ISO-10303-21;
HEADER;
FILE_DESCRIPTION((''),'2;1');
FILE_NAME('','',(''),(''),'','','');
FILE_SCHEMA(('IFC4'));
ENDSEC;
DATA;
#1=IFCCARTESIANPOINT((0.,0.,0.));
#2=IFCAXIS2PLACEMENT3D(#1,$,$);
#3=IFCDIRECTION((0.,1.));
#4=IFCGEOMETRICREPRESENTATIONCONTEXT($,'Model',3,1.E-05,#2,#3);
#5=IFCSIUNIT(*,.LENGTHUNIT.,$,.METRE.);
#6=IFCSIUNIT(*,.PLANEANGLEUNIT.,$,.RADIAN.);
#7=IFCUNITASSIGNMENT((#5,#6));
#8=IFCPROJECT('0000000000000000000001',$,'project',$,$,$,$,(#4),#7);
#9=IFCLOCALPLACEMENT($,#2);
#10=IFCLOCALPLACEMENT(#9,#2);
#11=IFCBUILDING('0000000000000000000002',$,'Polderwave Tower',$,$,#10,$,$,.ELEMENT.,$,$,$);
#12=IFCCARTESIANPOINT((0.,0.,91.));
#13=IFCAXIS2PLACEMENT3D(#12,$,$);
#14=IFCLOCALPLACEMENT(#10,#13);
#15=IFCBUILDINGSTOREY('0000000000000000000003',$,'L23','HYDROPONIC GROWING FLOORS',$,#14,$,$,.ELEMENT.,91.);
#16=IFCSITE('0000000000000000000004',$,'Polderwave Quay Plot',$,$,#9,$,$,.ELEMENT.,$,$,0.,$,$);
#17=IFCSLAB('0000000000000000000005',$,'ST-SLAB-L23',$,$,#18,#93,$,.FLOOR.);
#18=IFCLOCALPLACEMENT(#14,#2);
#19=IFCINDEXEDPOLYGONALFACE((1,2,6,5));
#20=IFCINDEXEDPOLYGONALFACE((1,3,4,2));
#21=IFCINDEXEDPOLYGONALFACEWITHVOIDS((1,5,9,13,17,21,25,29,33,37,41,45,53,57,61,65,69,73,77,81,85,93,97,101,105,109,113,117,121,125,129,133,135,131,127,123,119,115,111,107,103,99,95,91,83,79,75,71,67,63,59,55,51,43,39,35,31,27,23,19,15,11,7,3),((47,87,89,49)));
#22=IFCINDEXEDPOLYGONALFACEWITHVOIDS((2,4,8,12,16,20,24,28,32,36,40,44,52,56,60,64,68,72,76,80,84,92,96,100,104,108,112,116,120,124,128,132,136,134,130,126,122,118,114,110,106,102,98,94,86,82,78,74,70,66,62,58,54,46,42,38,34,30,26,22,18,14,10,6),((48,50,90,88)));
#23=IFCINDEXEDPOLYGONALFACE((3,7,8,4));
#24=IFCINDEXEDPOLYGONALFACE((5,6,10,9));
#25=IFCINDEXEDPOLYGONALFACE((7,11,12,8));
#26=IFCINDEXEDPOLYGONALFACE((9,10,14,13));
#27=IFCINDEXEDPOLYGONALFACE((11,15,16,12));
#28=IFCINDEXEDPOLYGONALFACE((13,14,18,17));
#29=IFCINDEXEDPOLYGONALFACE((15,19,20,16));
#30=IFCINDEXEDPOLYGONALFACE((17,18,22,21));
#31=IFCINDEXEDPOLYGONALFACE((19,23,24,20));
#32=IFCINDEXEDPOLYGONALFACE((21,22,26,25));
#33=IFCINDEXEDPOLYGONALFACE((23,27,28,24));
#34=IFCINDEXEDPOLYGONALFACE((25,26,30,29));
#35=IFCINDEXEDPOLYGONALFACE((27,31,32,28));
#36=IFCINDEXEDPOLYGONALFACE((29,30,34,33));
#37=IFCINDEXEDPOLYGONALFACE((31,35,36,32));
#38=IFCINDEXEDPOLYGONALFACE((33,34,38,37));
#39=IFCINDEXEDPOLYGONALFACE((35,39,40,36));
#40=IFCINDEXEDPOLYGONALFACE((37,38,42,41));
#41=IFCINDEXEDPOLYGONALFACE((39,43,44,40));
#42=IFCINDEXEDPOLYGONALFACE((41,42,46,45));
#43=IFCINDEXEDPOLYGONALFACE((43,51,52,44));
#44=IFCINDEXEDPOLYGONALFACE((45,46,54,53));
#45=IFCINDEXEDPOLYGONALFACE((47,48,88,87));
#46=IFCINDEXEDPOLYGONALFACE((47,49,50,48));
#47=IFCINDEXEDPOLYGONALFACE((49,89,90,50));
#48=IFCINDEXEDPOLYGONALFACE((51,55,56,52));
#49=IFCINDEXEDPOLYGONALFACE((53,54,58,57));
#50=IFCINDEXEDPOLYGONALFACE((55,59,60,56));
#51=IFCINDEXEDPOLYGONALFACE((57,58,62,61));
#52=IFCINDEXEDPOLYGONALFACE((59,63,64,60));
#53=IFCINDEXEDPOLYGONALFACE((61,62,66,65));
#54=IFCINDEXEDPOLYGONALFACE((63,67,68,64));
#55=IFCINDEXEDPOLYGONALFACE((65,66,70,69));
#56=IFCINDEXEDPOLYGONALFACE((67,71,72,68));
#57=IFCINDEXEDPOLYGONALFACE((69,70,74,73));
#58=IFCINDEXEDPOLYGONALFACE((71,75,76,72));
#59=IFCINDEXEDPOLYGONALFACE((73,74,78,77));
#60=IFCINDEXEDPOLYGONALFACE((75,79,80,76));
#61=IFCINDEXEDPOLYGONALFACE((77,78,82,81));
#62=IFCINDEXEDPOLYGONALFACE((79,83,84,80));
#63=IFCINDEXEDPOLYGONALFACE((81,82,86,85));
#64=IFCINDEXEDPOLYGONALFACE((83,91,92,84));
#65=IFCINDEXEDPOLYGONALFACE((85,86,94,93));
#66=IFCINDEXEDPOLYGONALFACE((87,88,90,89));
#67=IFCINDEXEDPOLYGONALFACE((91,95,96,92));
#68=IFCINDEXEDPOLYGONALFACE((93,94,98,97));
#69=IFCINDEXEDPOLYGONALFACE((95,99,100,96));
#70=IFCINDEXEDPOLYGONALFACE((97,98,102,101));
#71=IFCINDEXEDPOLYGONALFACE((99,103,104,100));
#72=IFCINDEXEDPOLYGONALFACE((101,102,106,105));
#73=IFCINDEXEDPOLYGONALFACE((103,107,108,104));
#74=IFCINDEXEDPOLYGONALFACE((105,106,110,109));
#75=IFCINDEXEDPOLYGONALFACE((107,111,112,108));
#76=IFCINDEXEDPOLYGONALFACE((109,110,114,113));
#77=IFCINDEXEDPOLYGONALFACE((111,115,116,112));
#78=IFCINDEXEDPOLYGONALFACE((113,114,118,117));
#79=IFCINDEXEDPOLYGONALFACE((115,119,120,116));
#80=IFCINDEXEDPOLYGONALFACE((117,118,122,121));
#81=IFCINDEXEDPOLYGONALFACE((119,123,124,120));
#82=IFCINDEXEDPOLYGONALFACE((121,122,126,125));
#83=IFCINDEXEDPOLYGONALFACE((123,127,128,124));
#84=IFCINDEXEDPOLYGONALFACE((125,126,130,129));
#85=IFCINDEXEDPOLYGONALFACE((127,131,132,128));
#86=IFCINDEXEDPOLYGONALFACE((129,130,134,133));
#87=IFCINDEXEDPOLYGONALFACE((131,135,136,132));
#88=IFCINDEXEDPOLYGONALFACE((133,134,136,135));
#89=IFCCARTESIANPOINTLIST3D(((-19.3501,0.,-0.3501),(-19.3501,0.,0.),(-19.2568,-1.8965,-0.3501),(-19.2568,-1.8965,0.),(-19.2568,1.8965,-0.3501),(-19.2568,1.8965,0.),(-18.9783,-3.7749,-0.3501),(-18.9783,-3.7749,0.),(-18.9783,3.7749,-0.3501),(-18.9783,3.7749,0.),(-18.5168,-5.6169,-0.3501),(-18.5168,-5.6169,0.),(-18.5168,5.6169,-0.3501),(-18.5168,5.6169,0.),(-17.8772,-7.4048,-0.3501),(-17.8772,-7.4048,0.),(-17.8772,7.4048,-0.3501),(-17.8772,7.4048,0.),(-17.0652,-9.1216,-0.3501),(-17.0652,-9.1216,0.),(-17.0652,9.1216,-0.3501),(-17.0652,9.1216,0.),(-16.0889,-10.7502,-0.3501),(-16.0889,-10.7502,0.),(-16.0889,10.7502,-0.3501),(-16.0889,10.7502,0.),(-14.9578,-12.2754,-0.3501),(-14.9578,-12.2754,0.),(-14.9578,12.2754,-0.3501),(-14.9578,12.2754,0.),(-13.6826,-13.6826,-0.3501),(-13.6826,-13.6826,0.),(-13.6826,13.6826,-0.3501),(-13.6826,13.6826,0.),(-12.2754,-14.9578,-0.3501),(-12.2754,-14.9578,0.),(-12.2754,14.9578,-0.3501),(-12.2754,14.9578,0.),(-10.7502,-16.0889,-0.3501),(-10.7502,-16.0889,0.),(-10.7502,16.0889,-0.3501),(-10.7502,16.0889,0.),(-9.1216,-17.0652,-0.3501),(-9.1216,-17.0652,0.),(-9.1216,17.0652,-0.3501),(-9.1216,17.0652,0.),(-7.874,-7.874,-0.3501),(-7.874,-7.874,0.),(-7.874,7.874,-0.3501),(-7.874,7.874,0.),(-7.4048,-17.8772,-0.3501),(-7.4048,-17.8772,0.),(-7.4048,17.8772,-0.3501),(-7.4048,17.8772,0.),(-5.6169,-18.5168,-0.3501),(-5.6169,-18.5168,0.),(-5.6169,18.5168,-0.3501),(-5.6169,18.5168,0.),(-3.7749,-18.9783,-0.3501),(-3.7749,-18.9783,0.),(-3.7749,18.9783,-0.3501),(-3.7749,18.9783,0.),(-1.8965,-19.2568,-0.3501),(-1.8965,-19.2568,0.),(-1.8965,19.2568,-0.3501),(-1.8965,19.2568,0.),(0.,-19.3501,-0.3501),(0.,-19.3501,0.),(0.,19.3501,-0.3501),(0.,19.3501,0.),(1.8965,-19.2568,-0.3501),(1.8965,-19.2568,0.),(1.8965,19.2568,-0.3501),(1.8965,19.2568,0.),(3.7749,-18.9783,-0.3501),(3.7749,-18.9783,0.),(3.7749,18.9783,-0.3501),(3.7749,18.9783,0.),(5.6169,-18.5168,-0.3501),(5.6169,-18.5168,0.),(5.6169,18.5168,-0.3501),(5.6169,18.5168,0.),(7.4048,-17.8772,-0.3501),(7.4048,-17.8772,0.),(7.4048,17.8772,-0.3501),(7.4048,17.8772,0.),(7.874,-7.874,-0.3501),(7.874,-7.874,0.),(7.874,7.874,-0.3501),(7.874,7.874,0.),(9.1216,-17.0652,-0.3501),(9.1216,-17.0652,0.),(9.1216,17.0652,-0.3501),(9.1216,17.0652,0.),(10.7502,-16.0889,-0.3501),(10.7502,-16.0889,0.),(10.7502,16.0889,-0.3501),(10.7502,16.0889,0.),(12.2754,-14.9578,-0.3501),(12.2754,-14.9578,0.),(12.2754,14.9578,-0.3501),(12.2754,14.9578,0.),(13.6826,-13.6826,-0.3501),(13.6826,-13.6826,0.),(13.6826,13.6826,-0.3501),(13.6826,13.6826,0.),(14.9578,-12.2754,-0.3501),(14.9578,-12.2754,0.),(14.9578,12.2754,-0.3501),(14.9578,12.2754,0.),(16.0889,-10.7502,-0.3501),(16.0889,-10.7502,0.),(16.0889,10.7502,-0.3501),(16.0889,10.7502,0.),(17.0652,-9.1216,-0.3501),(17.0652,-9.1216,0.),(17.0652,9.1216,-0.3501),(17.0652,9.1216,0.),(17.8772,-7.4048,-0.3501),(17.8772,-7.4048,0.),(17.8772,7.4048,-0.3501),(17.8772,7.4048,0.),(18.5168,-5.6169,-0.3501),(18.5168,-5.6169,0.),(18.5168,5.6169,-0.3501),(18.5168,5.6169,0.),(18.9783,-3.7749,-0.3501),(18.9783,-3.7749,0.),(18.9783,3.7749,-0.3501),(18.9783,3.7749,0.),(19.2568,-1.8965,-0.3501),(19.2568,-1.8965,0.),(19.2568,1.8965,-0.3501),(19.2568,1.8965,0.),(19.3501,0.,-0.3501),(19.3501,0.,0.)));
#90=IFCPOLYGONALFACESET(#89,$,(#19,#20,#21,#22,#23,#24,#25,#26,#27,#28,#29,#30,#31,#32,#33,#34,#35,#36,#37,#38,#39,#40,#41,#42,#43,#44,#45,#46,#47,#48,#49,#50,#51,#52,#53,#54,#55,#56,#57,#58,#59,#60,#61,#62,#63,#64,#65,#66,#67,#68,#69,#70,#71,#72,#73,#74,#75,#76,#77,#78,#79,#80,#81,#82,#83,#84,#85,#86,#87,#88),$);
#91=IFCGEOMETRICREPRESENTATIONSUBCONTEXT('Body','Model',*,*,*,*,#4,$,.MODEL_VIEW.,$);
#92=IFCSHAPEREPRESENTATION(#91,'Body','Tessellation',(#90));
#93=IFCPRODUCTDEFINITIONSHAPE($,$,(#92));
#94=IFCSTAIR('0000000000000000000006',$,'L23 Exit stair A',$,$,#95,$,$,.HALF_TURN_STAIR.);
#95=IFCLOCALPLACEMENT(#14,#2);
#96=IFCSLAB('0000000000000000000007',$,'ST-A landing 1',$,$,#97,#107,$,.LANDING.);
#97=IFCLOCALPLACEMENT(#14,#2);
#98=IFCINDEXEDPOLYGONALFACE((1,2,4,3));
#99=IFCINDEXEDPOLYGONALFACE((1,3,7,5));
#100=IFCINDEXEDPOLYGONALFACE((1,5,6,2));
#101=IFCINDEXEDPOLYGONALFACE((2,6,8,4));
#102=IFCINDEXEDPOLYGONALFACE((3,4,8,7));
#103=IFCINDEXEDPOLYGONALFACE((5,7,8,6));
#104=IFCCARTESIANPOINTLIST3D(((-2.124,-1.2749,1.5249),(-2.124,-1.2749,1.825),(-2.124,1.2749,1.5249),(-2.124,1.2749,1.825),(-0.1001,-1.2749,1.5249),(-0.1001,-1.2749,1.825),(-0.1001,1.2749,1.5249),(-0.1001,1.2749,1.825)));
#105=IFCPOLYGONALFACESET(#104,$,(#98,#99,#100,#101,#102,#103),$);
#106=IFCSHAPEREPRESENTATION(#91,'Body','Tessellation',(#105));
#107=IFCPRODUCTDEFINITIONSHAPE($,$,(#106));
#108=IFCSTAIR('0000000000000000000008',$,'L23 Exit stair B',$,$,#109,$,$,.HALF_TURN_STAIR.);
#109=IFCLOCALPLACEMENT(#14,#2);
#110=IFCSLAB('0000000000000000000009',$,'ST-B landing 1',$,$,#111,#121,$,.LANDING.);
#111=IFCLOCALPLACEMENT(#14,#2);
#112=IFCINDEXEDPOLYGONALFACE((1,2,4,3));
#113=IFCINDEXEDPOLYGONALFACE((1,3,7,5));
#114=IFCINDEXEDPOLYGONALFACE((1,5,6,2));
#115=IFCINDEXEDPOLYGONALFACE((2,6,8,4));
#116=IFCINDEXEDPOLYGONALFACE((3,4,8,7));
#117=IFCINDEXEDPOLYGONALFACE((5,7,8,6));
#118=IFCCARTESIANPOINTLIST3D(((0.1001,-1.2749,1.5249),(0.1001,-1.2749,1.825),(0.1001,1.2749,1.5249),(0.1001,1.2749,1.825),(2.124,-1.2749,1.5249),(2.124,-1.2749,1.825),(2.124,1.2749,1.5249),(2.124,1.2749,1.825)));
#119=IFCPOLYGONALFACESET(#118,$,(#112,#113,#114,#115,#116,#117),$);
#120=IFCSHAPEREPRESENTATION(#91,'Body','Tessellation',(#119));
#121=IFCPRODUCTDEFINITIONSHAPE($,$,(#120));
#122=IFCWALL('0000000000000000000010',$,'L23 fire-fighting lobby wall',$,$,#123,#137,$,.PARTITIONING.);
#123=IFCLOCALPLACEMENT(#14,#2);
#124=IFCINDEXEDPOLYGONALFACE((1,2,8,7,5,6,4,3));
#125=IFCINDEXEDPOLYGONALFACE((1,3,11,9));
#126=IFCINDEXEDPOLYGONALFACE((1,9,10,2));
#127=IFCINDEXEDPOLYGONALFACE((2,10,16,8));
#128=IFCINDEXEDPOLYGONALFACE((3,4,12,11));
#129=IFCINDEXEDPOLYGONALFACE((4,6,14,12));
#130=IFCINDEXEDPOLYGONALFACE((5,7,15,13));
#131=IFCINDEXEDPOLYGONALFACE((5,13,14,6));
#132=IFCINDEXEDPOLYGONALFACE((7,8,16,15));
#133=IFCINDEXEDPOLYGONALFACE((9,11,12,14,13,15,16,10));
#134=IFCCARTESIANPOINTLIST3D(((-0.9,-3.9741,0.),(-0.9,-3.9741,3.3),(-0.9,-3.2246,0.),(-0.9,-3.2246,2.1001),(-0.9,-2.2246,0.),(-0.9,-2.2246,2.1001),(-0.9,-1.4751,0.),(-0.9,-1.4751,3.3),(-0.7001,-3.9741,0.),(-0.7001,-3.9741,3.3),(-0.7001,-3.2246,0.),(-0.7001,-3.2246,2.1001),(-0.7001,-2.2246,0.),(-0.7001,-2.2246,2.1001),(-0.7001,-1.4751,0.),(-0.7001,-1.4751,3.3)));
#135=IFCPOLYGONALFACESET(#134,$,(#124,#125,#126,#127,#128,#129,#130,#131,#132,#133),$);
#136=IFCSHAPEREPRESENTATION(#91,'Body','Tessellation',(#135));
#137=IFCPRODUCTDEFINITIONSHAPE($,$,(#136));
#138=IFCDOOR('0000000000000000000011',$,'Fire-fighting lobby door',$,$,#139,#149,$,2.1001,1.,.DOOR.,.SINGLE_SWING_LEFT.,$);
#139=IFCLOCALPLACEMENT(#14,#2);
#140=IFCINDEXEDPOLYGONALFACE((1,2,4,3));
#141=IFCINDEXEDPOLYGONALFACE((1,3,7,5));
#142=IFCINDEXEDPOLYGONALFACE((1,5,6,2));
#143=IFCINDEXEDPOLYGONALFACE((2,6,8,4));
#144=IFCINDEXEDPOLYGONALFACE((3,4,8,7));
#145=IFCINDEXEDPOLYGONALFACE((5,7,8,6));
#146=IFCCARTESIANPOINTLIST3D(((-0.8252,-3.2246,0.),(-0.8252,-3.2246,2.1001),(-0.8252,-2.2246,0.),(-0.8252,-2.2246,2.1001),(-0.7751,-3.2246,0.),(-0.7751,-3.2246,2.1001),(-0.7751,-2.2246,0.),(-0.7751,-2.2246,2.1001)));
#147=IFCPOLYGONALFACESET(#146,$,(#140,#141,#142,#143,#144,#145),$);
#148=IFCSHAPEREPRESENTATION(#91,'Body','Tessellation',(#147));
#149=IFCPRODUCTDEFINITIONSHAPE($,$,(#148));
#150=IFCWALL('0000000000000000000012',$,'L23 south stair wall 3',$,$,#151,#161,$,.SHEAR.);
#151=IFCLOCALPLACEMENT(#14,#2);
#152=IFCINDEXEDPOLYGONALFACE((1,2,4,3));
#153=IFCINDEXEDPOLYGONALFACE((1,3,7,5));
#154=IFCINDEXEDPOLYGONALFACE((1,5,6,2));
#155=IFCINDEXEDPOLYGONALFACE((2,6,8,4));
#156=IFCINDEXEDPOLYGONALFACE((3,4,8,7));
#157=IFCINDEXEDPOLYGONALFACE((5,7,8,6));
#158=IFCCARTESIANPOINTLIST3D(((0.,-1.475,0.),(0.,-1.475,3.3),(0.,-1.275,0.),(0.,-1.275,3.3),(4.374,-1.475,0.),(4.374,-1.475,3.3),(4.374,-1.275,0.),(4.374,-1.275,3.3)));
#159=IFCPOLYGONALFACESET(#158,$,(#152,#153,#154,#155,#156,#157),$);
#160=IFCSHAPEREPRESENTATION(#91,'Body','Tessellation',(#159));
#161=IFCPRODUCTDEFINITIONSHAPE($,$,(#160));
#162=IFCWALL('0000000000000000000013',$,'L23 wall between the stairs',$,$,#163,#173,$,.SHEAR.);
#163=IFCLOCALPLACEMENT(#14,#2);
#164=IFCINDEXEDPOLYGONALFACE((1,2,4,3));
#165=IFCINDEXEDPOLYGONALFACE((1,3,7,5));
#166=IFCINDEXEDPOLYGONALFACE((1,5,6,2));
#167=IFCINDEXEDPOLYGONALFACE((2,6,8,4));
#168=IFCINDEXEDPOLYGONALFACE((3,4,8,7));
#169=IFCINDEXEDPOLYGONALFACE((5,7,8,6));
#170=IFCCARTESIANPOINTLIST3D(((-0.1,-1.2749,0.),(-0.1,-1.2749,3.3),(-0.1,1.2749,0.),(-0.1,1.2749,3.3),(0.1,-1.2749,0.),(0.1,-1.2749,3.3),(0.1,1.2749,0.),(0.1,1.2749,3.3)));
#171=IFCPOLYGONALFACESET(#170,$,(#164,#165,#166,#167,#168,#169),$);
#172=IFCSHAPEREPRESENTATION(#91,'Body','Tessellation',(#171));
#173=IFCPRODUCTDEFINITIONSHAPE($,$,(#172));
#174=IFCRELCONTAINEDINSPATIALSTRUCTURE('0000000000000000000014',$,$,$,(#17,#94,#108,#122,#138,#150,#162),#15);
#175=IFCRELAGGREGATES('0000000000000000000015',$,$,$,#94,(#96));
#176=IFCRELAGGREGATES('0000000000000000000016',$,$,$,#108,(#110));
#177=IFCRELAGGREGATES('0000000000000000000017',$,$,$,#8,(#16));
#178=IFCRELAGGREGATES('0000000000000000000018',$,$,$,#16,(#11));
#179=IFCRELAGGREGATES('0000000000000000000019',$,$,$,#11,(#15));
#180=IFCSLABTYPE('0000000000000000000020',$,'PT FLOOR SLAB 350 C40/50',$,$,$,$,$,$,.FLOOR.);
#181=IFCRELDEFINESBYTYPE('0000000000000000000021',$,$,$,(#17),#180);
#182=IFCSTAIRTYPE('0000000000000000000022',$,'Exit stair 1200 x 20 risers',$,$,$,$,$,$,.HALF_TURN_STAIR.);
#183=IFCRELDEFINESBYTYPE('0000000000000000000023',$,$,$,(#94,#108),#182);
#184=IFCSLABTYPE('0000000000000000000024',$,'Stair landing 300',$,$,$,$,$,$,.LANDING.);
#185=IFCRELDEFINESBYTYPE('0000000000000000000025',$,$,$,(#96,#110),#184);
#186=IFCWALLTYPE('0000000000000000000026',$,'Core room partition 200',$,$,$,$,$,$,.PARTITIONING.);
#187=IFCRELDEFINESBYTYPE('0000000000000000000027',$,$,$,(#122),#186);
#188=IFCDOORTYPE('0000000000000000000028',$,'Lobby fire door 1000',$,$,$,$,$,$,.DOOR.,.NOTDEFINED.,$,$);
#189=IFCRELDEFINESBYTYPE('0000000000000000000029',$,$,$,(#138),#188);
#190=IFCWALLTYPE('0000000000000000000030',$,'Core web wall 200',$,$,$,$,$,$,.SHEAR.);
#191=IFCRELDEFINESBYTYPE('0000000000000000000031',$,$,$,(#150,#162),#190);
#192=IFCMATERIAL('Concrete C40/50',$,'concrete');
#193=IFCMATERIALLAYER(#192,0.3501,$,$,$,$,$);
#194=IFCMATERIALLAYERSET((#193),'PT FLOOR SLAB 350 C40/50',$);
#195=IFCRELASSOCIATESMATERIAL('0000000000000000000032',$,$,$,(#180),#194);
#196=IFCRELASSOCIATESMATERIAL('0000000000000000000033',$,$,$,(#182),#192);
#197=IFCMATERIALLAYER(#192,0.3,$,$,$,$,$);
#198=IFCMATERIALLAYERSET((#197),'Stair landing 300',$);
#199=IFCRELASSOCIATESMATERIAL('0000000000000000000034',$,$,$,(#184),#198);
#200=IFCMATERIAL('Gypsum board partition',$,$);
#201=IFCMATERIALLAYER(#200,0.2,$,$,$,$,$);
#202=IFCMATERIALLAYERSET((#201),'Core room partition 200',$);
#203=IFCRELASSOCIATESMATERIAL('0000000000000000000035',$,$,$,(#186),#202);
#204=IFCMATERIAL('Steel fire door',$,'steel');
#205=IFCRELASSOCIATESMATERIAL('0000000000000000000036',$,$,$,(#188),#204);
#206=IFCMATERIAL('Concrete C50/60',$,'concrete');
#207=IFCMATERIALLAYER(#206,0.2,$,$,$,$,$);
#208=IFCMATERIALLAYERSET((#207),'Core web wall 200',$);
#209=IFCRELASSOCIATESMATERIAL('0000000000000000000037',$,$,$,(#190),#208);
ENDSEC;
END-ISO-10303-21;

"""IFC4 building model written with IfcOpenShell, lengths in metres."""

from ifc_helpers import new_model, si_unit, direction, frame, frame_2d, origin, place, context, subcontext, project, spatial, polyline, rectangle, outline, extrude, material, layer, layer_set, type_object, element, fill, aggregate, save


model = new_model("IFC4")

# Units and contexts
model_context = context("Model", 3, precision=1e-05, world=origin(), true_north=direction((0.0, 1.0)))
body_context = subcontext(model_context, "Body", "Model", "MODEL_VIEW")
ifc_project = project(units=[si_unit("LENGTHUNIT", "METRE"), si_unit("PLANEANGLEUNIT", "RADIAN")], contexts=[model_context])

# Site, building, storey
site_placement = place(None, origin())
site = spatial("IfcSite", under=ifc_project, at=site_placement, Name="Polderwave Quay Plot", CompositionType="ELEMENT", RefElevation=0.0)
building_placement = place(site_placement, origin())
building = spatial("IfcBuilding", under=site, at=building_placement, Name="Polderwave Tower", CompositionType="ELEMENT")
storey_placement = place(building_placement, frame((0.0, 0.0, 91.0)))
storey = spatial("IfcBuildingStorey", under=building, at=storey_placement, Name="L23", Description="HYDROPONIC GROWING FLOORS", CompositionType="ELEMENT", Elevation=91.0)

# Slab
ifc_material_1 = material(Name="Concrete C40/50", Category="concrete")
ifc_layer_1 = layer(ifc_material_1, 0.3501)
ifc_layer_set_1 = layer_set([ifc_layer_1], Name="PT FLOOR SLAB 350 C40/50")
slab_type_1 = type_object("IfcSlabType", Name="PT FLOOR SLAB 350 C40/50", PredefinedType="FLOOR", material=ifc_layer_set_1)
slab_1_placement = place(storey_placement, frame((0.0, 0.0, -0.3501)))
element("IfcSlab", 1, at=slab_1_placement, inside=storey, type_object=slab_type_1, Name="ST-SLAB-L23", PredefinedType="FLOOR", context=body_context, shape_type="SweptSolid", body=[
    extrude(outline(polyline([(19.3501, 0.0), (19.2568, 1.8965), (18.9783, 3.7749), (18.5168, 5.6169), (17.8772, 7.4048), (17.0652, 9.1216), (16.0889, 10.7502), (14.9578, 12.2754), (13.6826, 13.6826), (12.2754, 14.9578), (10.7502, 16.0889), (9.1216, 17.0652), (7.4048, 17.8772), (5.6169, 18.5168), (3.7749, 18.9783), (1.8965, 19.2568), (0.0, 19.3501), (-1.8965, 19.2568), (-3.7749, 18.9783), (-5.6169, 18.5168), (-7.4048, 17.8772), (-9.1216, 17.0652), (-10.7502, 16.0889), (-12.2754, 14.9578), (-13.6826, 13.6826), (-14.9578, 12.2754), (-16.0889, 10.7502), (-17.0652, 9.1216), (-17.8772, 7.4048), (-18.5168, 5.6169), (-18.9783, 3.7749), (-19.2568, 1.8965), (-19.3501, 0.0), (-19.2568, -1.8965), (-18.9783, -3.7749), (-18.5168, -5.6169), (-17.8772, -7.4048), (-17.0652, -9.1216), (-16.0889, -10.7502), (-14.9578, -12.2754), (-13.6826, -13.6826), (-12.2754, -14.9578), (-10.7502, -16.0889), (-9.1216, -17.0652), (-7.4048, -17.8772), (-5.6169, -18.5168), (-3.7749, -18.9783), (-1.8965, -19.2568), (0.0, -19.3501), (1.8965, -19.2568), (3.7749, -18.9783), (5.6169, -18.5168), (7.4048, -17.8772), (9.1216, -17.0652), (10.7502, -16.0889), (12.2754, -14.9578), (13.6826, -13.6826), (14.9578, -12.2754), (16.0889, -10.7502), (17.0652, -9.1216), (17.8772, -7.4048), (18.5168, -5.6169), (18.9783, -3.7749), (19.2568, -1.8965), (19.3501, 0.0)]), holes=[polyline([(-7.874, -7.874), (7.874, -7.874), (7.874, 7.874), (-7.874, 7.874), (-7.874, -7.874)])]), origin(), (0.0, 0.0, 1.0), 0.3501),
])

# Stairs, slabs
stair_type = type_object("IfcStairType", Name="Exit stair 1200 x 20 risers", PredefinedType="HALF_TURN_STAIR", material=ifc_material_1)
stair_1_placement = place(storey_placement, origin())
stair_1 = element("IfcStair", 2, at=stair_1_placement, inside=storey, type_object=stair_type, Name="L23 Exit stair A", PredefinedType="HALF_TURN_STAIR")
ifc_layer_2 = layer(ifc_material_1, 0.3)
ifc_layer_set_2 = layer_set([ifc_layer_2], Name="Stair landing 300")
slab_type_2 = type_object("IfcSlabType", Name="Stair landing 300", PredefinedType="LANDING", material=ifc_layer_set_2)
slab_2_placement = place(storey_placement, frame((0.0, 0.0, 1.5249)))
slab_2 = element("IfcSlab", 3, at=slab_2_placement, type_object=slab_type_2, Name="ST-A landing 1", PredefinedType="LANDING", context=body_context, shape_type="SweptSolid", body=[
    extrude(outline(polyline([(-2.124, -1.2749), (-0.1001, -1.2749), (-0.1001, 1.2749), (-2.124, 1.2749), (-2.124, -1.2749)])), origin(), (0.0, 0.0, 1.0), 0.3),
])
aggregate(stair_1, [slab_2])
stair_2_placement = place(storey_placement, origin())
stair_2 = element("IfcStair", 4, at=stair_2_placement, inside=storey, type_object=stair_type, Name="L23 Exit stair B", PredefinedType="HALF_TURN_STAIR")
slab_3_placement = place(storey_placement, frame((0.0, 0.0, 1.5249)))
slab_3 = element("IfcSlab", 5, at=slab_3_placement, type_object=slab_type_2, Name="ST-B landing 1", PredefinedType="LANDING", context=body_context, shape_type="SweptSolid", body=[
    extrude(outline(polyline([(2.124, 1.2749), (0.1001, 1.2749), (0.1001, -1.2749), (2.124, -1.2749), (2.124, 1.2749)])), origin(), (0.0, 0.0, 1.0), 0.3),
])
aggregate(stair_2, [slab_3])

# Wall, opening, door
ifc_material_2 = material(Name="Gypsum board partition")
ifc_layer_3 = layer(ifc_material_2, 0.2)
ifc_layer_set_3 = layer_set([ifc_layer_3], Name="Core room partition 200")
wall_type_1 = type_object("IfcWallType", Name="Core room partition 200", PredefinedType="PARTITIONING", material=ifc_layer_set_3)
wall_1_placement = place(storey_placement, frame((-0.8, -3.9741, 0.0), z_axis=(0.0, 0.0, 1.0), x_axis=(0.0, 1.0, 0.0)))
wall_1 = element("IfcWall", 6, at=wall_1_placement, inside=storey, type_object=wall_type_1, Name="L23 fire-fighting lobby wall", PredefinedType="PARTITIONING", context=body_context, shape_type="SweptSolid", body=[
    extrude(rectangle(XDim=2.499, YDim=0.2, at=frame_2d((1.2495, 0.0))), origin(), (0.0, 0.0, 1.0), 3.3),
])
opening_placement = place(wall_1_placement, frame((0.7495, 0.0, 0.0)))
opening = element("IfcOpeningElement", 7, at=opening_placement, cuts=wall_1, PredefinedType="OPENING", context=body_context, shape_type="SweptSolid", body=[
    extrude(rectangle(XDim=1.0, YDim=2.1001, at=frame_2d((0.5, 1.05))), frame((0.0, 0.1099, 0.0), z_axis=(0.0, -1.0, 0.0), x_axis=(1.0, 0.0, 0.0)), (0.0, 0.0, 1.0), 0.22),
])
ifc_material_3 = material(Name="Steel fire door", Category="steel")
door_type = type_object("IfcDoorType", Name="Lobby fire door 1000", OperationType="NOTDEFINED", PredefinedType="DOOR", material=ifc_material_3)
door_placement = place(opening_placement, frame((1.0, 0.0, 0.0), z_axis=(0.0, 0.0, 1.0), x_axis=(-1.0, 0.0, 0.0)))
door = element("IfcDoor", 8, at=door_placement, inside=storey, type_object=door_type, Name="Fire-fighting lobby door", OperationType="SINGLE_SWING_LEFT", OverallHeight=2.1001, OverallWidth=1.0, PredefinedType="DOOR", context=body_context, shape_type="SweptSolid", body=[
    extrude(rectangle(XDim=1.0, YDim=2.1001, at=frame_2d((0.5, 1.05))), frame((0.0, 0.0249, 0.0), z_axis=(0.0, -1.0, 0.0), x_axis=(1.0, 0.0, 0.0)), (0.0, 0.0, 1.0), 0.05),
])
fill(opening, door)

# Walls
ifc_material_4 = material(Name="Concrete C50/60", Category="concrete")
ifc_layer_4 = layer(ifc_material_4, 0.2)
ifc_layer_set_4 = layer_set([ifc_layer_4], Name="Core web wall 200")
wall_type_2 = type_object("IfcWallType", Name="Core web wall 200", PredefinedType="SHEAR", material=ifc_layer_set_4)
wall_2_placement = place(storey_placement, frame((0.0, -1.375, 0.0), z_axis=(0.0, 0.0, 1.0), x_axis=(1.0, 0.0, 0.0)))
element("IfcWall", 9, at=wall_2_placement, inside=storey, type_object=wall_type_2, Name="L23 south stair wall 3", PredefinedType="SHEAR", context=body_context, shape_type="SweptSolid", body=[
    extrude(rectangle(XDim=4.374, YDim=0.2, at=frame_2d((2.187, 0.0))), origin(), (0.0, 0.0, 1.0), 3.3),
])
wall_3_placement = place(storey_placement, frame((0.0, -1.2749, 0.0), z_axis=(0.0, 0.0, 1.0), x_axis=(0.0, 1.0, 0.0)))
element("IfcWall", 10, at=wall_3_placement, inside=storey, type_object=wall_type_2, Name="L23 wall between the stairs", PredefinedType="SHEAR", context=body_context, shape_type="SweptSolid", body=[
    extrude(rectangle(XDim=2.5498, YDim=0.2, at=frame_2d((1.2749, 0.0))), origin(), (0.0, 0.0, 1.0), 3.3),
])

save(model, "model.ifc")
